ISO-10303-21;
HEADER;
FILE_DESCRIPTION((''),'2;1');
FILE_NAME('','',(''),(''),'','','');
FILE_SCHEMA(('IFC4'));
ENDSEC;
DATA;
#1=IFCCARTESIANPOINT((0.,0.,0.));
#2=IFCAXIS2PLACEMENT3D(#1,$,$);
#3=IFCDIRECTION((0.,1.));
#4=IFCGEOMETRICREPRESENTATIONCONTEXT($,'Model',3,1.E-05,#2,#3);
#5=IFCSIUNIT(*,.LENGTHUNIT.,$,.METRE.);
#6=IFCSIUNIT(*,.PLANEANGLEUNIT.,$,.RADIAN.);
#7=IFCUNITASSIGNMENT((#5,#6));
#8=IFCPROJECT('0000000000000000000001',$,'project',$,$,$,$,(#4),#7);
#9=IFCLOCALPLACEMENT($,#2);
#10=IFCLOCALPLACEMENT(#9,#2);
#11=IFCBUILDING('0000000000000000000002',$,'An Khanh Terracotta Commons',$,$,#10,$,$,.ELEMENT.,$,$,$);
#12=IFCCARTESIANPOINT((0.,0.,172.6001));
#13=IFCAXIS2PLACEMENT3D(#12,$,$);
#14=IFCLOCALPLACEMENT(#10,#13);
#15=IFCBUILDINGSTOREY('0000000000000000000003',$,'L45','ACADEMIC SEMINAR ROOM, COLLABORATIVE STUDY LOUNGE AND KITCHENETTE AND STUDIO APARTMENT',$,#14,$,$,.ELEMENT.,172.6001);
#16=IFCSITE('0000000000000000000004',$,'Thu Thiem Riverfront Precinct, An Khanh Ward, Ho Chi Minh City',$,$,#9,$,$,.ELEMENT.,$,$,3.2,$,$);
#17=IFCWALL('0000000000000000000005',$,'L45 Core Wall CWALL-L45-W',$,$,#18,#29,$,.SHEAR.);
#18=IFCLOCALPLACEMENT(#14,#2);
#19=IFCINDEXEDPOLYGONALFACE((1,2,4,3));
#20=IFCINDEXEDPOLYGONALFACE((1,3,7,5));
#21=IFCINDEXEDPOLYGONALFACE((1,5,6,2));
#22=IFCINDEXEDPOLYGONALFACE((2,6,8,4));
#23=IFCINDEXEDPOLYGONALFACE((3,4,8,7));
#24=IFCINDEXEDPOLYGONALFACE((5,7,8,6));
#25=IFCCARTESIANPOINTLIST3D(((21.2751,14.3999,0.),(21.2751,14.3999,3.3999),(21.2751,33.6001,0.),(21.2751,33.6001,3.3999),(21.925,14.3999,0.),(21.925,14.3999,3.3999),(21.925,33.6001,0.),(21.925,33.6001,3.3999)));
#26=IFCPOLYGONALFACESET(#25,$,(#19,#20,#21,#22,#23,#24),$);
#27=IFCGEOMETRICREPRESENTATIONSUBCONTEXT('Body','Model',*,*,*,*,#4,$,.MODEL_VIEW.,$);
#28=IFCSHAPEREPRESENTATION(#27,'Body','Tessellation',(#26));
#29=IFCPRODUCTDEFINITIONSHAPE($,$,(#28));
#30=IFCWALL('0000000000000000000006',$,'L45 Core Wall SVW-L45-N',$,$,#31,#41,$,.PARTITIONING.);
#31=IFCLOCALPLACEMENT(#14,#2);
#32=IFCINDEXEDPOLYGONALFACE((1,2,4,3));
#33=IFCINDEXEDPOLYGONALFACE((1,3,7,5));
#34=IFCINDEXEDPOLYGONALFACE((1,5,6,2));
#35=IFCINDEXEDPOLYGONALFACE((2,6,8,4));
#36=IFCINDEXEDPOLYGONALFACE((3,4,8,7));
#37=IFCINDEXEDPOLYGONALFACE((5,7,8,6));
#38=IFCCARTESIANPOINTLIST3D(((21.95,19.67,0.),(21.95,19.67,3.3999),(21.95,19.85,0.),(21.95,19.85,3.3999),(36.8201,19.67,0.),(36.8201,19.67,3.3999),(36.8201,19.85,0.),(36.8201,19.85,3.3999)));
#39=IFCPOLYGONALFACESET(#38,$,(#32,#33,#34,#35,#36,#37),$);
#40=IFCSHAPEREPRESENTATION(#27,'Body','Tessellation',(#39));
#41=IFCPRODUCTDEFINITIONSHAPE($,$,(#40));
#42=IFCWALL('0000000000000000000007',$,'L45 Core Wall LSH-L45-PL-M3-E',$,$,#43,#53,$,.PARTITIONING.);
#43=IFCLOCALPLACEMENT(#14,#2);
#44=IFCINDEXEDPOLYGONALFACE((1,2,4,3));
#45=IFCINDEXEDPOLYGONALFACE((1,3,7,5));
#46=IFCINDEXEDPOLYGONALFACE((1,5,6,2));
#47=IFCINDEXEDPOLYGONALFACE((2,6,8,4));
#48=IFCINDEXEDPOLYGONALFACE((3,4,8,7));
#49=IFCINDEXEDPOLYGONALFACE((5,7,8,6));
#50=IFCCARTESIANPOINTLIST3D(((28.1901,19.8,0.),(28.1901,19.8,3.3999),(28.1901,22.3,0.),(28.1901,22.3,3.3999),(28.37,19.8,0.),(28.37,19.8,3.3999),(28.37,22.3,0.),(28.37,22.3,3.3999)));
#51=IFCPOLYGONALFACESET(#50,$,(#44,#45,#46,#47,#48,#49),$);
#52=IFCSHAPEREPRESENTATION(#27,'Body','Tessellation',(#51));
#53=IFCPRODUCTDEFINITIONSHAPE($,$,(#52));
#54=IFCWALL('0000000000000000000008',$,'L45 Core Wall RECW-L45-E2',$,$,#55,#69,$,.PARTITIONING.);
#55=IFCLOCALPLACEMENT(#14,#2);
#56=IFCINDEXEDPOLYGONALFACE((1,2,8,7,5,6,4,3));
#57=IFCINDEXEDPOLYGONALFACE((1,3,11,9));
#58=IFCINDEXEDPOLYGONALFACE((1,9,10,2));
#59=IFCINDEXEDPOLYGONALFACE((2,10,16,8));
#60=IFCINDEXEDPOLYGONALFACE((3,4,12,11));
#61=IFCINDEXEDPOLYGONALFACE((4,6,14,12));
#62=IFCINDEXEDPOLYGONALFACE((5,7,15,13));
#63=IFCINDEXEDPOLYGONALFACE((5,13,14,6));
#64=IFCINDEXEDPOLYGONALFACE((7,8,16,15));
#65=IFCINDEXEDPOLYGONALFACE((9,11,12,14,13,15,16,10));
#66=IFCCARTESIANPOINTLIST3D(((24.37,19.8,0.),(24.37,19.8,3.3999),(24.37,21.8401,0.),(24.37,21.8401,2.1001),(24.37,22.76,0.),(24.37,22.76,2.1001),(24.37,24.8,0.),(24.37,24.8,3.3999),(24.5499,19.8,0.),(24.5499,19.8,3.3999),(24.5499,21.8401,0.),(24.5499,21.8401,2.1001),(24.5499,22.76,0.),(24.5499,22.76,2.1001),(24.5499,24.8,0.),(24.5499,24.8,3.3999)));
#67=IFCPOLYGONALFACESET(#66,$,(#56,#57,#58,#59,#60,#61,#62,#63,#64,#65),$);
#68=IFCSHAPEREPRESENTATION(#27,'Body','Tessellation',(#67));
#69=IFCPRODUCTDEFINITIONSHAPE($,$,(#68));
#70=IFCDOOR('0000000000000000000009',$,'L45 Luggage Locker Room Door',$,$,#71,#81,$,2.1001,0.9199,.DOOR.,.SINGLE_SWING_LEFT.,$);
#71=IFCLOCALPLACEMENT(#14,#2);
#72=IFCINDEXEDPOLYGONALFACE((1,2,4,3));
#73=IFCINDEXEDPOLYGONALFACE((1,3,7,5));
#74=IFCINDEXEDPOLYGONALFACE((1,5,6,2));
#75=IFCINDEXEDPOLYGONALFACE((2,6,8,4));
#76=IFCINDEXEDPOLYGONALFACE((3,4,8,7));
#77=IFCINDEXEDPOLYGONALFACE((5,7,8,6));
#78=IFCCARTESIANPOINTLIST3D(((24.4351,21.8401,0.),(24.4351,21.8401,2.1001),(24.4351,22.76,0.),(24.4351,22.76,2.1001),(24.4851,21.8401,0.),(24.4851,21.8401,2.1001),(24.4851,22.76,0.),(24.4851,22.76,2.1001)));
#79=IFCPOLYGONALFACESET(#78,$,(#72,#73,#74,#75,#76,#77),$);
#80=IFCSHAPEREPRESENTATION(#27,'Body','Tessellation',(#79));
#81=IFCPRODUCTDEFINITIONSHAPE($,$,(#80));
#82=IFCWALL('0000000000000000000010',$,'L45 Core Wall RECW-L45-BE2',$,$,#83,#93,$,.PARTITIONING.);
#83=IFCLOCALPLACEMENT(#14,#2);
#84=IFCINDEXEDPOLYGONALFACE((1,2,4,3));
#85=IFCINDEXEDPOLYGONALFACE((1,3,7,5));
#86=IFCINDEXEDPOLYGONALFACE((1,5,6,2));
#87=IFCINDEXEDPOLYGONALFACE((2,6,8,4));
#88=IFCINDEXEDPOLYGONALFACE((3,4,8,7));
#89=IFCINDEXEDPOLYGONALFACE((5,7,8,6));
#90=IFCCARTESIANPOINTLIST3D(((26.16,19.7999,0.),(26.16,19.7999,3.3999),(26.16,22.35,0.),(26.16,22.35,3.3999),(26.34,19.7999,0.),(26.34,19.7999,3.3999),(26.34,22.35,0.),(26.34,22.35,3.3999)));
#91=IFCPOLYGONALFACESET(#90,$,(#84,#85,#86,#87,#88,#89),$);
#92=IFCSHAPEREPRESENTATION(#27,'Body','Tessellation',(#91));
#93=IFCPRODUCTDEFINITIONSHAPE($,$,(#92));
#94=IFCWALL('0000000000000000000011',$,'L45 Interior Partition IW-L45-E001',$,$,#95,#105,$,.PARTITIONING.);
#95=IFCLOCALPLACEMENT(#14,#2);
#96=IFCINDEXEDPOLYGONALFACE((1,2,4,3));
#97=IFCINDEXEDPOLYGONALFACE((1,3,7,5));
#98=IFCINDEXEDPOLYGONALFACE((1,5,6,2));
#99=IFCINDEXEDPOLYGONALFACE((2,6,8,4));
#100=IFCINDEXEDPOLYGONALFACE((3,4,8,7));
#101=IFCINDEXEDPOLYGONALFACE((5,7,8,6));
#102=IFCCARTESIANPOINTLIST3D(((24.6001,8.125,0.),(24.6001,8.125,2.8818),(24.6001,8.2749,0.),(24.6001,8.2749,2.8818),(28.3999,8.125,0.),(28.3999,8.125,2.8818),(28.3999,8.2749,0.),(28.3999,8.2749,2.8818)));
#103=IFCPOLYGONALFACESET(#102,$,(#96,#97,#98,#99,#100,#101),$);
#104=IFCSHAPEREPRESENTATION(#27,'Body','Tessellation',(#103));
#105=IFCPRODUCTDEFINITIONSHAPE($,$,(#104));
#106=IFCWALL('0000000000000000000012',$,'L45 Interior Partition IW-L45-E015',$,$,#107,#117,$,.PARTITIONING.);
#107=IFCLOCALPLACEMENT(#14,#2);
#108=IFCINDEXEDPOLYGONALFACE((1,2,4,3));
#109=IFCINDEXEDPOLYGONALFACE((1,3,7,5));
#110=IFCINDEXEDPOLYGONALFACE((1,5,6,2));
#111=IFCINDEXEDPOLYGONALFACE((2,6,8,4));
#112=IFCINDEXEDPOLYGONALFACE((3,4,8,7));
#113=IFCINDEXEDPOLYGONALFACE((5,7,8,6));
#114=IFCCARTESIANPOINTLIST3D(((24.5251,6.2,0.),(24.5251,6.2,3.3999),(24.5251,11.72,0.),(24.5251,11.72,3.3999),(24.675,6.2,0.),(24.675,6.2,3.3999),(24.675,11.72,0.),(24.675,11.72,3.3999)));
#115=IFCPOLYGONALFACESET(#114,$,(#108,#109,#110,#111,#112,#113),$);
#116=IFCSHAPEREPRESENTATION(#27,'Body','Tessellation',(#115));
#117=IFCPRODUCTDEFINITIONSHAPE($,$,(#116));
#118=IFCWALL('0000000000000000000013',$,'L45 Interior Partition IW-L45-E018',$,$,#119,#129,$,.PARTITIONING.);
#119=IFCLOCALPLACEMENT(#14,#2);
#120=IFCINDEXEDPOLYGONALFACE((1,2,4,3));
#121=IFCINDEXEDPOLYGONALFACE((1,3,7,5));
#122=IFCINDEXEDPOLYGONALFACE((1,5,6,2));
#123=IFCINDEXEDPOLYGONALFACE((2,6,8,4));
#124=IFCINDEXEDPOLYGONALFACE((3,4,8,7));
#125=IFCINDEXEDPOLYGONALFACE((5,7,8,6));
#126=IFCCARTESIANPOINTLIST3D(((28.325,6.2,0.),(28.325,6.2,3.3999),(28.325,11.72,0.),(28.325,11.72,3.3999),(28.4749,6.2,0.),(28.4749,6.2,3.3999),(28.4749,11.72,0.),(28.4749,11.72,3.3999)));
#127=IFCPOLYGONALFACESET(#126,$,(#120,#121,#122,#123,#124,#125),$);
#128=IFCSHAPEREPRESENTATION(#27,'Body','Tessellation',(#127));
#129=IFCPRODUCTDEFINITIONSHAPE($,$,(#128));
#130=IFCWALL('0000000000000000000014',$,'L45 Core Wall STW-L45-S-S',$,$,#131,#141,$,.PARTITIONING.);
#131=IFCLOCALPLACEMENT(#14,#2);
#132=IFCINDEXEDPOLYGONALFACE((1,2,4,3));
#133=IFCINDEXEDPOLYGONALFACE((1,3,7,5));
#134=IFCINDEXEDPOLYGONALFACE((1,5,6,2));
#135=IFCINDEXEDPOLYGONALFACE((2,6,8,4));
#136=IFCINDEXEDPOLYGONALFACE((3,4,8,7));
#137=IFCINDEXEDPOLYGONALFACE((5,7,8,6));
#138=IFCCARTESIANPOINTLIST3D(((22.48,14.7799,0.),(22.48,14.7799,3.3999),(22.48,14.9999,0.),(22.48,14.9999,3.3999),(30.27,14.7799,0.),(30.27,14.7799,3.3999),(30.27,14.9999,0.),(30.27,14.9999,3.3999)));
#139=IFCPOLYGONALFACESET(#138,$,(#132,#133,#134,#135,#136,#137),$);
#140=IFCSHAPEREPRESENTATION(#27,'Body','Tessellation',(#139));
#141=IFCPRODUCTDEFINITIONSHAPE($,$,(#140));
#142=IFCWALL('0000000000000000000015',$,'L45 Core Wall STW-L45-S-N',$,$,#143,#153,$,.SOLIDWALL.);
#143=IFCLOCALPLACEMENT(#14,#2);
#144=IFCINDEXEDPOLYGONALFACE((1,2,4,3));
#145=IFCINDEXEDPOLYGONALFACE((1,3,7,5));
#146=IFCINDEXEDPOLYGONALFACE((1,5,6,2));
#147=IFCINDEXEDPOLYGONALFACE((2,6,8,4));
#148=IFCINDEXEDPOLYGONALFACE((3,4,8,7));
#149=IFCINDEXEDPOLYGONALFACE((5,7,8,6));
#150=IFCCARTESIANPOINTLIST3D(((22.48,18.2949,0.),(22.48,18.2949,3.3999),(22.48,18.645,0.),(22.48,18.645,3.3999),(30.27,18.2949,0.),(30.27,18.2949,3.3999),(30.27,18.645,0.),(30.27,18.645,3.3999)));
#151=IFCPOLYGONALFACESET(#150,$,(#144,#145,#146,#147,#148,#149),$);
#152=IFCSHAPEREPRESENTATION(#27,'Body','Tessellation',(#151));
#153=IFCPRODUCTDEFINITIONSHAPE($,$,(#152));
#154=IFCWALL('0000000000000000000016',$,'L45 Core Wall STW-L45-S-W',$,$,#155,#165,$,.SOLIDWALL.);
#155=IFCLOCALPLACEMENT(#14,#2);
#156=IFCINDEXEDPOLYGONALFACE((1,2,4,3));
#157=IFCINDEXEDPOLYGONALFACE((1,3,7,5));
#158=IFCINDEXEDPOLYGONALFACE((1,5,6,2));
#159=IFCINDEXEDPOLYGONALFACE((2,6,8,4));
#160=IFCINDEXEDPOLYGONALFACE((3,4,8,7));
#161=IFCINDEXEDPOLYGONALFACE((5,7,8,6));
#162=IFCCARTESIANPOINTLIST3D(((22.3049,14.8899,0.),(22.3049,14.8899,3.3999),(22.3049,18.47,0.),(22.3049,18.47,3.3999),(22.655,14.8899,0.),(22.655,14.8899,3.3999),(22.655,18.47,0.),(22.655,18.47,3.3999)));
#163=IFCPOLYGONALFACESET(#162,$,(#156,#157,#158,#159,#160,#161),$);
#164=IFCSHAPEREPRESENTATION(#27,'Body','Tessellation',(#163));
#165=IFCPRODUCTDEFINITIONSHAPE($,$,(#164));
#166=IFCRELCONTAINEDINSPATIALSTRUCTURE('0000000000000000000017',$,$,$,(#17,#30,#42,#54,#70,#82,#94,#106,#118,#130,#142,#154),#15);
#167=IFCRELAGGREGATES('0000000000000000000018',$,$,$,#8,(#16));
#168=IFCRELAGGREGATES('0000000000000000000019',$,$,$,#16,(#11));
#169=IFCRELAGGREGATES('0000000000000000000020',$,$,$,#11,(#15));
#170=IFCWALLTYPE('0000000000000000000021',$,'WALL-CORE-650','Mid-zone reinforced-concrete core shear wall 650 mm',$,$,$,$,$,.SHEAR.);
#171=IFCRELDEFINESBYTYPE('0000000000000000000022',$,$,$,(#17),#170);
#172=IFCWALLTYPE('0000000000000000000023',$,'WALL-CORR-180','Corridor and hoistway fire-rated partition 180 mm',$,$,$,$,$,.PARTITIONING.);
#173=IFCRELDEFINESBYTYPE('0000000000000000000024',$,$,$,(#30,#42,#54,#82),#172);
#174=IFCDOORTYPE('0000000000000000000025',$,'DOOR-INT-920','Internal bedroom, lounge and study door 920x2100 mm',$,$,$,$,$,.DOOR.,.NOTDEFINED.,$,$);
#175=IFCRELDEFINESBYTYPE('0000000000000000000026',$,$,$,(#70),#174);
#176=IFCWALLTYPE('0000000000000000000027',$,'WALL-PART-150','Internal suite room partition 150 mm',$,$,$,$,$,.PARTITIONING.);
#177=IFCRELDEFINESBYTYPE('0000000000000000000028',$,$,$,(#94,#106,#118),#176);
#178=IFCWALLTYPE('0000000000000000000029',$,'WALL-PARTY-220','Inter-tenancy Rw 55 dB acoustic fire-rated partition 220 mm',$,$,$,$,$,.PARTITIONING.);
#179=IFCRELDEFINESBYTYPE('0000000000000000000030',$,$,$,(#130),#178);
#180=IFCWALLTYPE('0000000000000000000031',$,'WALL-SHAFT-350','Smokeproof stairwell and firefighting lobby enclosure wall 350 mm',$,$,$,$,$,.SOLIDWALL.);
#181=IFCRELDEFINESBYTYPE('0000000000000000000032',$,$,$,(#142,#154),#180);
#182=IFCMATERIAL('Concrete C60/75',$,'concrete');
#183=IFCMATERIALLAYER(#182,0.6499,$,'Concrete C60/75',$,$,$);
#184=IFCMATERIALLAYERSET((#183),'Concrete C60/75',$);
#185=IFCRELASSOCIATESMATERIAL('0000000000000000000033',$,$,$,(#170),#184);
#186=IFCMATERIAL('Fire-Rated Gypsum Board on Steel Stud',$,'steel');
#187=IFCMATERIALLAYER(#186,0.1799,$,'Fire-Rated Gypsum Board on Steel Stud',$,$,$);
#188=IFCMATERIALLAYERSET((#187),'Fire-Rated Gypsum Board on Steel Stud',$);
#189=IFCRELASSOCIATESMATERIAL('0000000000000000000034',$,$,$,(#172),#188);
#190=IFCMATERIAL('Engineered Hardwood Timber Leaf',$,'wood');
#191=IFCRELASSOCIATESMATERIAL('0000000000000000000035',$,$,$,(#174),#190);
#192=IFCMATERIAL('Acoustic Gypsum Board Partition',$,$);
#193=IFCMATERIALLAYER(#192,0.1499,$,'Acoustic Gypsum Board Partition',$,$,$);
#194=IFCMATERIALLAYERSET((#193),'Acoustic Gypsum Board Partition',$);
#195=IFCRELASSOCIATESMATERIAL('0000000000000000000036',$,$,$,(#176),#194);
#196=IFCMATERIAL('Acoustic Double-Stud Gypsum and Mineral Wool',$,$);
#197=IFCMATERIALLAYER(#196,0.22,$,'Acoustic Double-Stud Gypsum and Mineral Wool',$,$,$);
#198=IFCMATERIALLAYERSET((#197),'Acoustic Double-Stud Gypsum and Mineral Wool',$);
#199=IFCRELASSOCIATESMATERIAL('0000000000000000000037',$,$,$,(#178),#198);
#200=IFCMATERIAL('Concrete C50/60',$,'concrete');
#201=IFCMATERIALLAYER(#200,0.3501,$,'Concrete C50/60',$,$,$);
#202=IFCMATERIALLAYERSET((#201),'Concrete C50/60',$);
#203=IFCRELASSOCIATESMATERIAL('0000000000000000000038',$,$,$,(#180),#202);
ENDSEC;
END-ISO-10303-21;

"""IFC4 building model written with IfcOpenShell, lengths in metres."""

from ifc_helpers import new_model, si_unit, direction, frame, frame_2d, origin, place, context, subcontext, project, spatial, rectangle, extrude, material, layer, layer_set, type_object, element, fill, save


model = new_model("IFC4")

# Units and contexts
model_context = context("Model", 3, precision=1e-05, world=origin(), true_north=direction((0.0, 1.0)))
body_context = subcontext(model_context, "Body", "Model", "MODEL_VIEW")
ifc_project = project(units=[si_unit("LENGTHUNIT", "METRE"), si_unit("PLANEANGLEUNIT", "RADIAN")], contexts=[model_context])

# Site, building, storey
site_placement = place(None, origin())
site = spatial("IfcSite", under=ifc_project, at=site_placement, Name="Thu Thiem Riverfront Precinct, An Khanh Ward, Ho Chi Minh City", CompositionType="ELEMENT", RefElevation=3.2)
building_placement = place(site_placement, origin())
building = spatial("IfcBuilding", under=site, at=building_placement, Name="An Khanh Terracotta Commons", CompositionType="ELEMENT")
storey_placement = place(building_placement, frame((0.0, 0.0, 172.6001)))
storey = spatial("IfcBuildingStorey", under=building, at=storey_placement, Name="L45", Description="ACADEMIC SEMINAR ROOM, COLLABORATIVE STUDY LOUNGE AND KITCHENETTE AND STUDIO APARTMENT", CompositionType="ELEMENT", Elevation=172.6001)

# Walls
ifc_material_1 = material(Name="Concrete C60/75", Category="concrete")
ifc_layer_1 = layer(ifc_material_1, 0.6499, Name="Concrete C60/75")
ifc_layer_set_1 = layer_set([ifc_layer_1], Name="Concrete C60/75")
wall_type_1 = type_object("IfcWallType", Name="WALL-CORE-650", Description="Mid-zone reinforced-concrete core shear wall 650 mm", PredefinedType="SHEAR", material=ifc_layer_set_1)
wall_1_placement = place(storey_placement, frame((21.6001, 14.3999, 0.0), z_axis=(0.0, 0.0, 1.0), x_axis=(0.0, 1.0, 0.0)))
element("IfcWall", 1, at=wall_1_placement, inside=storey, type_object=wall_type_1, Name="L45 Core Wall CWALL-L45-W", PredefinedType="SHEAR", context=body_context, shape_type="SweptSolid", body=[
    extrude(rectangle(XDim=19.2002, YDim=0.6499, at=frame_2d((9.6001, 0.0))), origin(), (0.0, 0.0, 1.0), 3.3999),
])
ifc_material_2 = material(Name="Fire-Rated Gypsum Board on Steel Stud", Category="steel")
ifc_layer_2 = layer(ifc_material_2, 0.1799, Name="Fire-Rated Gypsum Board on Steel Stud")
ifc_layer_set_2 = layer_set([ifc_layer_2], Name="Fire-Rated Gypsum Board on Steel Stud")
wall_type_2 = type_object("IfcWallType", Name="WALL-CORR-180", Description="Corridor and hoistway fire-rated partition 180 mm", PredefinedType="PARTITIONING", material=ifc_layer_set_2)
wall_2_placement = place(storey_placement, frame((21.95, 19.76, 0.0), z_axis=(0.0, 0.0, 1.0), x_axis=(1.0, 0.0, 0.0)))
element("IfcWall", 2, at=wall_2_placement, inside=storey, type_object=wall_type_2, Name="L45 Core Wall SVW-L45-N", PredefinedType="PARTITIONING", context=body_context, shape_type="SweptSolid", body=[
    extrude(rectangle(XDim=14.8701, YDim=0.1799, at=frame_2d((7.4351, 0.0))), origin(), (0.0, 0.0, 1.0), 3.3999),
])
wall_3_placement = place(storey_placement, frame((28.28, 19.8, 0.0), z_axis=(0.0, 0.0, 1.0), x_axis=(0.0, 1.0, 0.0)))
element("IfcWall", 3, at=wall_3_placement, inside=storey, type_object=wall_type_2, Name="L45 Core Wall LSH-L45-PL-M3-E", PredefinedType="PARTITIONING", context=body_context, shape_type="SweptSolid", body=[
    extrude(rectangle(XDim=2.5, YDim=0.1799, at=frame_2d((1.25, 0.0))), origin(), (0.0, 0.0, 1.0), 3.3999),
])

# Wall, opening, door
wall_4_placement = place(storey_placement, frame((24.46, 19.8, 0.0), z_axis=(0.0, 0.0, 1.0), x_axis=(0.0, 1.0, 0.0)))
wall_4 = element("IfcWall", 4, at=wall_4_placement, inside=storey, type_object=wall_type_2, Name="L45 Core Wall RECW-L45-E2", PredefinedType="PARTITIONING", context=body_context, shape_type="SweptSolid", body=[
    extrude(rectangle(XDim=5.0, YDim=0.1799, at=frame_2d((2.5, 0.0))), origin(), (0.0, 0.0, 1.0), 3.3999),
])
opening_placement = place(wall_4_placement, frame((2.04, 0.0, 0.0)))
opening = element("IfcOpeningElement", 5, at=opening_placement, cuts=wall_4, PredefinedType="OPENING", context=body_context, shape_type="SweptSolid", body=[
    extrude(rectangle(XDim=0.9199, YDim=2.1001, at=frame_2d((0.46, 1.05))), frame((0.0, 0.0999, 0.0), z_axis=(0.0, -1.0, 0.0), x_axis=(1.0, 0.0, 0.0)), (0.0, 0.0, 1.0), 0.2),
])
ifc_material_3 = material(Name="Engineered Hardwood Timber Leaf", Category="wood")
door_type = type_object("IfcDoorType", Name="DOOR-INT-920", Description="Internal bedroom, lounge and study door 920x2100 mm", OperationType="NOTDEFINED", PredefinedType="DOOR", material=ifc_material_3)
door_placement = place(opening_placement, origin())
door = element("IfcDoor", 6, at=door_placement, inside=storey, type_object=door_type, Name="L45 Luggage Locker Room Door", OperationType="SINGLE_SWING_LEFT", OverallHeight=2.1001, OverallWidth=0.9199, PredefinedType="DOOR", context=body_context, shape_type="SweptSolid", body=[
    extrude(rectangle(XDim=0.9199, YDim=2.1001, at=frame_2d((0.46, 1.05))), frame((0.0, 0.0249, 0.0), z_axis=(0.0, -1.0, 0.0), x_axis=(1.0, 0.0, 0.0)), (0.0, 0.0, 1.0), 0.05),
])
fill(opening, door)

# Walls
wall_5_placement = place(storey_placement, frame((26.25, 19.8, 0.0), z_axis=(0.0, 0.0, 1.0), x_axis=(0.0, 1.0, 0.0)))
element("IfcWall", 7, at=wall_5_placement, inside=storey, type_object=wall_type_2, Name="L45 Core Wall RECW-L45-BE2", PredefinedType="PARTITIONING", context=body_context, shape_type="SweptSolid", body=[
    extrude(rectangle(XDim=2.55, YDim=0.1799, at=frame_2d((1.2749, 0.0))), origin(), (0.0, 0.0, 1.0), 3.3999),
])
ifc_material_4 = material(Name="Acoustic Gypsum Board Partition")
ifc_layer_3 = layer(ifc_material_4, 0.1499, Name="Acoustic Gypsum Board Partition")
ifc_layer_set_3 = layer_set([ifc_layer_3], Name="Acoustic Gypsum Board Partition")
wall_type_3 = type_object("IfcWallType", Name="WALL-PART-150", Description="Internal suite room partition 150 mm", PredefinedType="PARTITIONING", material=ifc_layer_set_3)
wall_6_placement = place(storey_placement, frame((24.6001, 8.2, 0.0), z_axis=(0.0, 0.0, 1.0), x_axis=(1.0, 0.0, 0.0)))
element("IfcWall", 8, at=wall_6_placement, inside=storey, type_object=wall_type_3, Name="L45 Interior Partition IW-L45-E001", PredefinedType="PARTITIONING", context=body_context, shape_type="SweptSolid", body=[
    extrude(rectangle(XDim=3.7998, YDim=0.1499, at=frame_2d((1.8999, 0.0))), origin(), (0.0, 0.0, 1.0), 2.8818),
])
for number, where, z_axis, x_axis, name in (
    (9, (24.6001, 6.2, 0.0), (0.0, 0.0, 1.0), (0.0, 1.0, 0.0), "L45 Interior Partition IW-L45-E015"),
    (10, (28.3999, 6.2, 0.0), (0.0, 0.0, 1.0), (0.0, 1.0, 0.0), "L45 Interior Partition IW-L45-E018"),
):
    element("IfcWall", number, at=place(storey_placement, frame(where, z_axis=z_axis, x_axis=x_axis)), inside=storey, type_object=wall_type_3, Name=name, PredefinedType="PARTITIONING", context=body_context, shape_type="SweptSolid", body=[
        extrude(rectangle(XDim=5.52, YDim=0.1499, at=frame_2d((2.76, 0.0))), origin(), (0.0, 0.0, 1.0), 3.3999),
    ])
ifc_material_5 = material(Name="Acoustic Double-Stud Gypsum and Mineral Wool")
ifc_layer_4 = layer(ifc_material_5, 0.22, Name="Acoustic Double-Stud Gypsum and Mineral Wool")
ifc_layer_set_4 = layer_set([ifc_layer_4], Name="Acoustic Double-Stud Gypsum and Mineral Wool")
wall_type_4 = type_object("IfcWallType", Name="WALL-PARTY-220", Description="Inter-tenancy Rw 55 dB acoustic fire-rated partition 220 mm", PredefinedType="PARTITIONING", material=ifc_layer_set_4)
wall_7_placement = place(storey_placement, frame((22.48, 14.8899, 0.0), z_axis=(0.0, 0.0, 1.0), x_axis=(1.0, 0.0, 0.0)))
element("IfcWall", 11, at=wall_7_placement, inside=storey, type_object=wall_type_4, Name="L45 Core Wall STW-L45-S-S", PredefinedType="PARTITIONING", context=body_context, shape_type="SweptSolid", body=[
    extrude(rectangle(XDim=7.79, YDim=0.22, at=frame_2d((3.895, 0.0))), origin(), (0.0, 0.0, 1.0), 3.3999),
])
ifc_material_6 = material(Name="Concrete C50/60", Category="concrete")
ifc_layer_5 = layer(ifc_material_6, 0.3501, Name="Concrete C50/60")
ifc_layer_set_5 = layer_set([ifc_layer_5], Name="Concrete C50/60")
wall_type_5 = type_object("IfcWallType", Name="WALL-SHAFT-350", Description="Smokeproof stairwell and firefighting lobby enclosure wall 350 mm", PredefinedType="SOLIDWALL", material=ifc_layer_set_5)
wall_8_placement = place(storey_placement, frame((22.48, 18.47, 0.0), z_axis=(0.0, 0.0, 1.0), x_axis=(1.0, 0.0, 0.0)))
element("IfcWall", 12, at=wall_8_placement, inside=storey, type_object=wall_type_5, Name="L45 Core Wall STW-L45-S-N", PredefinedType="SOLIDWALL", context=body_context, shape_type="SweptSolid", body=[
    extrude(rectangle(XDim=7.79, YDim=0.3501, at=frame_2d((3.895, 0.0))), origin(), (0.0, 0.0, 1.0), 3.3999),
])
wall_9_placement = place(storey_placement, frame((22.48, 14.8899, 0.0), z_axis=(0.0, 0.0, 1.0), x_axis=(0.0, 1.0, 0.0)))
element("IfcWall", 13, at=wall_9_placement, inside=storey, type_object=wall_type_5, Name="L45 Core Wall STW-L45-S-W", PredefinedType="SOLIDWALL", context=body_context, shape_type="SweptSolid", body=[
    extrude(rectangle(XDim=3.5801, YDim=0.3501, at=frame_2d((1.79, 0.0))), origin(), (0.0, 0.0, 1.0), 3.3999),
])

save(model, "model.ifc")
